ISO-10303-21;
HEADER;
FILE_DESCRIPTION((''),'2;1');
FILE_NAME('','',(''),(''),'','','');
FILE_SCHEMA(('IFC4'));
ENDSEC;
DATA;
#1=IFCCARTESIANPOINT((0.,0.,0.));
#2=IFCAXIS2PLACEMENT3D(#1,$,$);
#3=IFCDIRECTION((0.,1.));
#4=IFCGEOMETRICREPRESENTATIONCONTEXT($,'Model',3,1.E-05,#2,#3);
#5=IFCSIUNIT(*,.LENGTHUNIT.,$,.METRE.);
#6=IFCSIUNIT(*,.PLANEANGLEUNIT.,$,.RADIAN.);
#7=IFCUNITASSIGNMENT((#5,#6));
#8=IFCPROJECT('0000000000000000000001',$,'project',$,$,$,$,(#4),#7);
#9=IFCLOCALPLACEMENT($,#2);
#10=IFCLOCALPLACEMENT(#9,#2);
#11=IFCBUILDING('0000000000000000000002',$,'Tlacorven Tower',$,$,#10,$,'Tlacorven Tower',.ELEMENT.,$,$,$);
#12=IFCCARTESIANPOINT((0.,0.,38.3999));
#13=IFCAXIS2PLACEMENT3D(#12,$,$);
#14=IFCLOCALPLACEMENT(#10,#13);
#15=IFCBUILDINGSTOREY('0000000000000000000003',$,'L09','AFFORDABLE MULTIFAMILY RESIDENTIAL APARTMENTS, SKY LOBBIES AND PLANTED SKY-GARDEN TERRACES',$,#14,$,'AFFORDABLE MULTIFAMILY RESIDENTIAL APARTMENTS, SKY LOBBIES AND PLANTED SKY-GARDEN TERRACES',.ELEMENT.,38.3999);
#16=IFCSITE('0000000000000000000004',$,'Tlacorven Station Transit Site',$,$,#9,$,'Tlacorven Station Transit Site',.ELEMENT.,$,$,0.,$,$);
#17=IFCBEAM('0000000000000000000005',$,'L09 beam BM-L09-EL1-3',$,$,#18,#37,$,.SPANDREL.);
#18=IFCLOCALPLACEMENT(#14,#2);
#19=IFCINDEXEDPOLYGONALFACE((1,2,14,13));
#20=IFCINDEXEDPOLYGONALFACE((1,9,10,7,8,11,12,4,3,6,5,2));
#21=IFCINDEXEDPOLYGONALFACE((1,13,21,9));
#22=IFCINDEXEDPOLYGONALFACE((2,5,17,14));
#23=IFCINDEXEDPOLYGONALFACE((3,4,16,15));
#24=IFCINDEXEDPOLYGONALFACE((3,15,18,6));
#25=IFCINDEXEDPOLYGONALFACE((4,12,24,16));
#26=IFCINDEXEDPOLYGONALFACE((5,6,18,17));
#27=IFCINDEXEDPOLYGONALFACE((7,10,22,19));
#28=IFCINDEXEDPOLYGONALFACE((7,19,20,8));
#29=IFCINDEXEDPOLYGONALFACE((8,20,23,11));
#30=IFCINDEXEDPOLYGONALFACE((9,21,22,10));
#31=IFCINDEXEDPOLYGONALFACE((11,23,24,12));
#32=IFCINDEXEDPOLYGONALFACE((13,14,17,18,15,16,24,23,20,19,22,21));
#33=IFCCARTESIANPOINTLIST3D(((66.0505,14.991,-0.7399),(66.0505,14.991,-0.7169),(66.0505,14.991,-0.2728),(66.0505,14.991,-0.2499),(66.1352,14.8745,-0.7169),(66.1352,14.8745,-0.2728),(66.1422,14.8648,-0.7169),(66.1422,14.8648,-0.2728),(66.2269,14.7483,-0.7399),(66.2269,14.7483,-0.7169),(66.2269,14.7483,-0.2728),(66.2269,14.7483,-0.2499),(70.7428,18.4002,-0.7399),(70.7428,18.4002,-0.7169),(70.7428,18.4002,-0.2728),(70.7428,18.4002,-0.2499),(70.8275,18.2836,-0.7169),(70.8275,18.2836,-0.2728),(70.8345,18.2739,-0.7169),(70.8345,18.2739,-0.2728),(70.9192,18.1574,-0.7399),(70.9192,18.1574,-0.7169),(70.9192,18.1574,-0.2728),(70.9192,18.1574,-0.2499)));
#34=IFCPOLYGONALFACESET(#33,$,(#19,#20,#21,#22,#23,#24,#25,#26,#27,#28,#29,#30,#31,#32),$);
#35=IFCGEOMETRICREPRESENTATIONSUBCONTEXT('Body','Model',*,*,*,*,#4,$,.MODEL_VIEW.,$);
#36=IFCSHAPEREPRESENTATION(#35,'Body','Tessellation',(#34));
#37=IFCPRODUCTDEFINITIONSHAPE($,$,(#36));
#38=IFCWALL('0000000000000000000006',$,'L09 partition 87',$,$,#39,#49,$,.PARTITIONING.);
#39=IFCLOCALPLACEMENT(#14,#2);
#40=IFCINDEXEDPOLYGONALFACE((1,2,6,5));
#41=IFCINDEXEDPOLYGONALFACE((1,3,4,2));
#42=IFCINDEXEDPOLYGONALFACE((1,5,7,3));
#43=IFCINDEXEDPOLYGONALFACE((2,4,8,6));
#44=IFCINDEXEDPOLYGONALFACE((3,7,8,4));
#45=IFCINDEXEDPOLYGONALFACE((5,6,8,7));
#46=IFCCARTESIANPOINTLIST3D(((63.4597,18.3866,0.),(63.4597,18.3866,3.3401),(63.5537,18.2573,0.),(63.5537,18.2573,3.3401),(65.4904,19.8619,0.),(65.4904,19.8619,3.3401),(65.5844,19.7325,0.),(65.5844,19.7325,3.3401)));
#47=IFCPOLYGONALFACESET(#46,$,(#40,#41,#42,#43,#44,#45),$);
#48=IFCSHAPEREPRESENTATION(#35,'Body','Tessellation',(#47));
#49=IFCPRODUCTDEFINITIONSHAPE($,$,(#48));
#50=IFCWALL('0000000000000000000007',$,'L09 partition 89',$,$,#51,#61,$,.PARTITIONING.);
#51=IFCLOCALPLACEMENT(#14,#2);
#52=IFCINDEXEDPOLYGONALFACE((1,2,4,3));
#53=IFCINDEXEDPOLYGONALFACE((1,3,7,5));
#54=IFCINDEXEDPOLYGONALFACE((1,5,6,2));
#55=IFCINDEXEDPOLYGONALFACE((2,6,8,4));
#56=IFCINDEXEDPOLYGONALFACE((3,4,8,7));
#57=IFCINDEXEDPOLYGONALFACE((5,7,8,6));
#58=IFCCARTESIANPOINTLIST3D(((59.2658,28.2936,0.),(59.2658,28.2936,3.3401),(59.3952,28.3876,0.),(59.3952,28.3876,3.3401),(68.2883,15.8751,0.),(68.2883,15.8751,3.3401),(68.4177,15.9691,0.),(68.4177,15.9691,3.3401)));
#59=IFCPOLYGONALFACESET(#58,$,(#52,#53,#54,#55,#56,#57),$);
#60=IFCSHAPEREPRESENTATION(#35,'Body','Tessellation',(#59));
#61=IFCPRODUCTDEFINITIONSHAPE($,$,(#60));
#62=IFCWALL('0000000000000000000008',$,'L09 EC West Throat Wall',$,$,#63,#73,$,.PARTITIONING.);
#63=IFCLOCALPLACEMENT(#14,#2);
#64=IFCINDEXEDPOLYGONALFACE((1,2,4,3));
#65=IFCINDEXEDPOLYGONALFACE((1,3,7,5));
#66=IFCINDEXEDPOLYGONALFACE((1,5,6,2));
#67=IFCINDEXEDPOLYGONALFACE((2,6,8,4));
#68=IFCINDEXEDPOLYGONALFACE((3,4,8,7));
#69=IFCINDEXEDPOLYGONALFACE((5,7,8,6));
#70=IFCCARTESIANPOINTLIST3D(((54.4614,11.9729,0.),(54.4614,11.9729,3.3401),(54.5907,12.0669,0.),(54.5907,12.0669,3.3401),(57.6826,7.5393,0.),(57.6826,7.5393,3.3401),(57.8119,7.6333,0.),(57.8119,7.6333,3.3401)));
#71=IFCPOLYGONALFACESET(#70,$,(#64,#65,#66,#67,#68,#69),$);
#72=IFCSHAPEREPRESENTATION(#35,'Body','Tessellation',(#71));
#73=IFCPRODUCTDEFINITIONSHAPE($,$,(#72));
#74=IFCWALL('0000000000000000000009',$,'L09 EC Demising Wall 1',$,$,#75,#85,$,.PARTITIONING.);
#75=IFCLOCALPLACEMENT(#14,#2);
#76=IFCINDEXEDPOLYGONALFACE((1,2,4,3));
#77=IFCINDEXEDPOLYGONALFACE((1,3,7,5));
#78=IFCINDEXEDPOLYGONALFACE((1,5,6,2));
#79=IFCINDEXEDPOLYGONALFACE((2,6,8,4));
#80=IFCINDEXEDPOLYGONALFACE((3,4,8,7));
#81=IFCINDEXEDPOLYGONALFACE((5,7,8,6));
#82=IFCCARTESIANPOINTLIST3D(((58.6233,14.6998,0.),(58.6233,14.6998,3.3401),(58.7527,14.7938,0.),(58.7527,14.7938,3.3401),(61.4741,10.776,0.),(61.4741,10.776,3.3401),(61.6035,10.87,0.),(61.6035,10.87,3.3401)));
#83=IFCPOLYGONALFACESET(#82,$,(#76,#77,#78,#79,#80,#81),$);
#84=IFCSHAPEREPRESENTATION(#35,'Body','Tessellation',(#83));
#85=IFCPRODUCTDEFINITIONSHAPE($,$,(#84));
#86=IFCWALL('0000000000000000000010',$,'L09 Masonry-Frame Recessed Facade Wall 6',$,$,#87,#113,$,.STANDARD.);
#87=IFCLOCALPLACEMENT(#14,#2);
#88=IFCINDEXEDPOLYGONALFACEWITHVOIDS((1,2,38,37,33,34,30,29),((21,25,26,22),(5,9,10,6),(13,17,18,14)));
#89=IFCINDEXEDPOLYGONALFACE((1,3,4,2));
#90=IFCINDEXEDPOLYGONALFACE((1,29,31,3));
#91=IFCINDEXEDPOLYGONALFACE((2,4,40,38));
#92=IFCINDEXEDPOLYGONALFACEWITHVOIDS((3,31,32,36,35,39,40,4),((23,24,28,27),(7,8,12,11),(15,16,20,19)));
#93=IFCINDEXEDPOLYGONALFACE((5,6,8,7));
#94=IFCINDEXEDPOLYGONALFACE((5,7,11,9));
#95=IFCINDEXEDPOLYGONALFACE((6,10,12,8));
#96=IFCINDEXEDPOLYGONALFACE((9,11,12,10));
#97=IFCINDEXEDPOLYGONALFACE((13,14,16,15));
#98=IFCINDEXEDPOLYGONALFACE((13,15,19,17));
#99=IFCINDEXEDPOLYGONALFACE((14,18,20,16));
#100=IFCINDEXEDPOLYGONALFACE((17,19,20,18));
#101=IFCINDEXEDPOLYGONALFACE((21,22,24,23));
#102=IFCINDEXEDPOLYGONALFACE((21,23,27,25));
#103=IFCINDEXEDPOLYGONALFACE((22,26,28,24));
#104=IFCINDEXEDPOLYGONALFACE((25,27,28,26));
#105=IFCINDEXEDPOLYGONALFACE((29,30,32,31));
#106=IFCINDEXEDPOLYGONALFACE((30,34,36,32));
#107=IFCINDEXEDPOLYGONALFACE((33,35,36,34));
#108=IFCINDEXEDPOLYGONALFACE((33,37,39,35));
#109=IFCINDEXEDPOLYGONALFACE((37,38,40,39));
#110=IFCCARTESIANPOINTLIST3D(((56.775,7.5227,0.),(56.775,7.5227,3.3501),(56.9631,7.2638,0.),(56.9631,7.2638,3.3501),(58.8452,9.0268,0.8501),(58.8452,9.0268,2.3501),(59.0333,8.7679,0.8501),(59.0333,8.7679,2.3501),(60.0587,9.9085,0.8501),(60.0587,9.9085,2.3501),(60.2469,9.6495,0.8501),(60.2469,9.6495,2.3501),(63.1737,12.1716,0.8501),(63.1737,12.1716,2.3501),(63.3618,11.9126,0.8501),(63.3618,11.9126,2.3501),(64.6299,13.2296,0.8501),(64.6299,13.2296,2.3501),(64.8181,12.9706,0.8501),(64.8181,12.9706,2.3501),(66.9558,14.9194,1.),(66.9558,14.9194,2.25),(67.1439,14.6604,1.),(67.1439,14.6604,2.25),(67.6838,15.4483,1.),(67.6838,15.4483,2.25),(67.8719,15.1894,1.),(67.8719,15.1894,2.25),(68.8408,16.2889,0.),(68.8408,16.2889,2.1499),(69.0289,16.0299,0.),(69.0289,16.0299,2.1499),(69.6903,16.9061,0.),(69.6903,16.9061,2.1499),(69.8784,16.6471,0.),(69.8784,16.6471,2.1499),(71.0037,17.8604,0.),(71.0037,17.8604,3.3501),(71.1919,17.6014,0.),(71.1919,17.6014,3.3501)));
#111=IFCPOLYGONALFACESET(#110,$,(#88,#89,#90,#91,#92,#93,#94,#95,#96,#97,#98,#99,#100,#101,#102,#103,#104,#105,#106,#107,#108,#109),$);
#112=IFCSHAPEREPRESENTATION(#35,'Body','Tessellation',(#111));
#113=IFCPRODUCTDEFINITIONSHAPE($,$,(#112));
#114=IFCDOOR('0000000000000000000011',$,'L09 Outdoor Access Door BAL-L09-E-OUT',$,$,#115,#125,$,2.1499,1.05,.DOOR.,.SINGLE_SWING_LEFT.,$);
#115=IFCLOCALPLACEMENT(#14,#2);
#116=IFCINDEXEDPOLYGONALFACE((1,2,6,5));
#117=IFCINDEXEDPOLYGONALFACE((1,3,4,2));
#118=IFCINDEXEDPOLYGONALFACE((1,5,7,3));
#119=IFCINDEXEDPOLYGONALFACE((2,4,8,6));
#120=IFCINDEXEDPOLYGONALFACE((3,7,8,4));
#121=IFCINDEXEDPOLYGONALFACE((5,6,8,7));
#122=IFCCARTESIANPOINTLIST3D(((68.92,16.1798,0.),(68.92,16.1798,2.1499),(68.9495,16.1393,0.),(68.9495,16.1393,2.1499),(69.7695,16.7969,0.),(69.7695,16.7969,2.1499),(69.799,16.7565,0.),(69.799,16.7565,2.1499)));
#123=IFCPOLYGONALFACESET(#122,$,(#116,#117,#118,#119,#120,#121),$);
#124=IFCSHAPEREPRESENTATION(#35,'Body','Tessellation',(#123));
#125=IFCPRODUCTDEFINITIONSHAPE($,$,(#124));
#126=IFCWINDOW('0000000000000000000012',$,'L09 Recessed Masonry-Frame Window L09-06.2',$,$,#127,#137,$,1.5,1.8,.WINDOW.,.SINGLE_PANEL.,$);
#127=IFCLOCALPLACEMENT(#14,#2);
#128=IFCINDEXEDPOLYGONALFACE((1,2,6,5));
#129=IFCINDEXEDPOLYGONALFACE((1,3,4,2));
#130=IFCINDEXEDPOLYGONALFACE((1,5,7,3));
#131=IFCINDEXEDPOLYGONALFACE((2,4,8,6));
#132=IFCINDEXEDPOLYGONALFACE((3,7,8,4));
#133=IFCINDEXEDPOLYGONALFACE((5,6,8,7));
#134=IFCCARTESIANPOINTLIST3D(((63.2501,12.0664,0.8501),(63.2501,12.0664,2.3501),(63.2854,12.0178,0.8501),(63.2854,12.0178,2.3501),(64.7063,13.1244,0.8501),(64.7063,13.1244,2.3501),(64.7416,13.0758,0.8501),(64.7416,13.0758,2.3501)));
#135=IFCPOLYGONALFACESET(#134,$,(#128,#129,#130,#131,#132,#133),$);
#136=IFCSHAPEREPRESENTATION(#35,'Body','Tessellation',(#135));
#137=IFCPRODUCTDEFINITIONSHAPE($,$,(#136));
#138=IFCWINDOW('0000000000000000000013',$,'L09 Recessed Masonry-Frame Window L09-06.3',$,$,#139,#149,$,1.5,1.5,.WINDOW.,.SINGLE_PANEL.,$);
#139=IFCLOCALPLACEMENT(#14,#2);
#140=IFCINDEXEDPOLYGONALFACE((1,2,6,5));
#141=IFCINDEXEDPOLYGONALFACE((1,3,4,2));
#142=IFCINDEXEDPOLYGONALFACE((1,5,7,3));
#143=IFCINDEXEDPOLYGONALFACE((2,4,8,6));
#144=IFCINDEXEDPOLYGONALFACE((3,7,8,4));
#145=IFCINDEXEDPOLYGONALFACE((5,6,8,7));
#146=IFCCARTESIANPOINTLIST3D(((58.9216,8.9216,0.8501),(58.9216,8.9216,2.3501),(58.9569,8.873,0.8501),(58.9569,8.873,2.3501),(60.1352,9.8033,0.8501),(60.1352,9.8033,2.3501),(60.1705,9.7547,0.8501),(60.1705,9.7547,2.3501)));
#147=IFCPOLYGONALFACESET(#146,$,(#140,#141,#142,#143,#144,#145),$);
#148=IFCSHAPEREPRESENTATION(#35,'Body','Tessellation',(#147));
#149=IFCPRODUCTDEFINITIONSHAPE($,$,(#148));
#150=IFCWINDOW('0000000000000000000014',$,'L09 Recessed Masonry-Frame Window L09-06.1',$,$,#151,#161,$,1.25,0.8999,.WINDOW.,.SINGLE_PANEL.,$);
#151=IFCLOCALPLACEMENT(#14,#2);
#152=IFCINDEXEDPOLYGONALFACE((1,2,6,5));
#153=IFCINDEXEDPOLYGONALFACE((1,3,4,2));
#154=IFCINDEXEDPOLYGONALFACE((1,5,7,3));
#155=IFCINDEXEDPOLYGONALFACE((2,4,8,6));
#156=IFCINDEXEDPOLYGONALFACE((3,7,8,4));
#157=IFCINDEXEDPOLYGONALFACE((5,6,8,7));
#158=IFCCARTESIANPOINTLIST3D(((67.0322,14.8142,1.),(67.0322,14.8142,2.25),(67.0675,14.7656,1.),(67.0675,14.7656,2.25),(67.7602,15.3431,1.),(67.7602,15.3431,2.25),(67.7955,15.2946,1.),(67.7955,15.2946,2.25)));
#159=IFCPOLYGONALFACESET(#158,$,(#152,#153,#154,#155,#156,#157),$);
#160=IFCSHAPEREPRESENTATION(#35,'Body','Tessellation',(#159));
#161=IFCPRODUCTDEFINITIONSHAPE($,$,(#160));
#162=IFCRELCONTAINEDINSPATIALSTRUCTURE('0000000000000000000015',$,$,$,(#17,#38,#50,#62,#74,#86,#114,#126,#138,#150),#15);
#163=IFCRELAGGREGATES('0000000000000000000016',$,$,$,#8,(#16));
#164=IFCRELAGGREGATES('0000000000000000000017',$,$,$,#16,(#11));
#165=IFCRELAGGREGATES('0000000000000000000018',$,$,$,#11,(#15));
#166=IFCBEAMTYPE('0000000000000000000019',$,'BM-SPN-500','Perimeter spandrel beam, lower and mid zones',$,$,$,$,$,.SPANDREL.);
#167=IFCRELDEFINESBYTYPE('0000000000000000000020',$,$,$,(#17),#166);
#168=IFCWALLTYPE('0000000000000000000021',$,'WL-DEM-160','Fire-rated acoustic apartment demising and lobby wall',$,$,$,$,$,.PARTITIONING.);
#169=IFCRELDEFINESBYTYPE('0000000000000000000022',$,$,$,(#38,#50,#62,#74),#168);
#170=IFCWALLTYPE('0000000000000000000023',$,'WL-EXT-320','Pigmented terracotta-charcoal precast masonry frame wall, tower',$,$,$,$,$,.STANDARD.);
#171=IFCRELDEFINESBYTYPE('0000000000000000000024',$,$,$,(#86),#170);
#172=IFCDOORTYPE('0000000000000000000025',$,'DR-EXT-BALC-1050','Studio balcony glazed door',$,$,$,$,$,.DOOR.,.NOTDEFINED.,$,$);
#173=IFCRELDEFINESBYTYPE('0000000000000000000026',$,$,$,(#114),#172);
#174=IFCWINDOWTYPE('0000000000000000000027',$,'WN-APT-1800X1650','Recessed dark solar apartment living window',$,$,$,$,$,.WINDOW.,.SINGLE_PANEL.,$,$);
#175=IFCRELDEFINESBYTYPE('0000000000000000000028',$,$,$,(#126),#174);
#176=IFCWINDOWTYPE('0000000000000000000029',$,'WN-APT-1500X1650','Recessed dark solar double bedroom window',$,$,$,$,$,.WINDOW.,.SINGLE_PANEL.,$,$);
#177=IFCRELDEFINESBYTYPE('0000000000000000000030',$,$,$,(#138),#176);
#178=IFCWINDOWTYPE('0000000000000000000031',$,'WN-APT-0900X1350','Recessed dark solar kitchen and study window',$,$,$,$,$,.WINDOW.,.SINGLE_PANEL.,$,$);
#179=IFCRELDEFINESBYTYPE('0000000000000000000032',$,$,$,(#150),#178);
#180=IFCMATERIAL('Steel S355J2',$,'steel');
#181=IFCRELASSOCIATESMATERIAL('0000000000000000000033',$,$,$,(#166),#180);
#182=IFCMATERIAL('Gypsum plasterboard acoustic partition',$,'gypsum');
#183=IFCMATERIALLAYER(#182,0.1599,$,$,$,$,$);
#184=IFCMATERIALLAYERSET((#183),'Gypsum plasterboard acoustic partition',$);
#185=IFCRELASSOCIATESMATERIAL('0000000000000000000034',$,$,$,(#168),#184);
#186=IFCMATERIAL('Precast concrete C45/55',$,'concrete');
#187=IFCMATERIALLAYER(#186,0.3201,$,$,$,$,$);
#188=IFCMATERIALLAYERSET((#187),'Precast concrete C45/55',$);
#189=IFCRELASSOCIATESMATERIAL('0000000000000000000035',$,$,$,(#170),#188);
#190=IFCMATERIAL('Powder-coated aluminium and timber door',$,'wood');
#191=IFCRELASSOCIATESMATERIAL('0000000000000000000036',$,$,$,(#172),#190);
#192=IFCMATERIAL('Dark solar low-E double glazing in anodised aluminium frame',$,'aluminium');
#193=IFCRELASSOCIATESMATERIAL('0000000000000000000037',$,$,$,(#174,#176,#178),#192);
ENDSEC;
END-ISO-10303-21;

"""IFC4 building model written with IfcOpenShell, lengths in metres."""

from ifc_helpers import new_model, si_unit, direction, frame, frame_2d, origin, origin_2d, place, context, subcontext, project, spatial, rectangle, i_section, extrude, source, transform, mapped, material, layer, layer_set, material_profile, profile_set, type_object, element, fill, save


model = new_model("IFC4")

# Units and contexts
model_context = context("Model", 3, precision=1e-05, world=origin(), true_north=direction((0.0, 1.0)))
body_context = subcontext(model_context, "Body", "Model", "MODEL_VIEW")
ifc_project = project(units=[si_unit("LENGTHUNIT", "METRE"), si_unit("PLANEANGLEUNIT", "RADIAN")], contexts=[model_context])

# Site, building, storey
site_placement = place(None, origin())
site = spatial("IfcSite", under=ifc_project, at=site_placement, Name="Tlacorven Station Transit Site", LongName="Tlacorven Station Transit Site", CompositionType="ELEMENT", RefElevation=0.0)
building_placement = place(site_placement, origin())
building = spatial("IfcBuilding", under=site, at=building_placement, Name="Tlacorven Tower", LongName="Tlacorven Tower", CompositionType="ELEMENT")
storey_placement = place(building_placement, frame((0.0, 0.0, 38.3999)))
storey = spatial("IfcBuildingStorey", under=building, at=storey_placement, Name="L09", Description="AFFORDABLE MULTIFAMILY RESIDENTIAL APARTMENTS, SKY LOBBIES AND PLANTED SKY-GARDEN TERRACES", LongName="AFFORDABLE MULTIFAMILY RESIDENTIAL APARTMENTS, SKY LOBBIES AND PLANTED SKY-GARDEN TERRACES", CompositionType="ELEMENT", Elevation=38.3999)

# Beam
ifc_material_1 = material(Name="Steel S355J2", Category="steel")
ifc_material_profile_1 = material_profile(ifc_material_1, i_section(OverallWidth=0.3, OverallDepth=0.49, WebThickness=0.012, FlangeThickness=0.0229, at=origin_2d()), Name="HEA 500")
ifc_profile_set_1 = profile_set([ifc_material_profile_1], Name="Steel S355J2")
beam_type_1 = type_object("IfcBeamType", Name="BM-SPN-500", Description="Perimeter spandrel beam, lower and mid zones", PredefinedType="SPANDREL", material=ifc_profile_set_1)
shared_shape_1 = source(origin(), body_context, "Body", "SweptSolid", [
    extrude(i_section(OverallWidth=0.3, OverallDepth=0.49, WebThickness=0.012, FlangeThickness=0.0229, at=origin_2d()), origin(), (0.0, 0.0, 1.0), 5.8),
])
beam_1_placement = place(storey_placement, frame((66.1387, 14.8696, -0.4949), z_axis=(0.80902, 0.587781, 0.0), x_axis=(-0.587781, 0.80902, 0.0)))
element("IfcBeam", 1, at=beam_1_placement, inside=storey, type_object=beam_type_1, Name="L09 beam BM-L09-EL1-3", PredefinedType="SPANDREL", context=body_context, shape_type="MappedRepresentation", body=[
    mapped(shared_shape_1, transform((0.0, 0.0, 0.0), scale=1.0)),
])

# Walls
ifc_material_2 = material(Name="Gypsum plasterboard acoustic partition", Category="gypsum")
ifc_layer_1 = layer(ifc_material_2, 0.1599)
ifc_layer_set_1 = layer_set([ifc_layer_1], Name="Gypsum plasterboard acoustic partition")
wall_type_1 = type_object("IfcWallType", Name="WL-DEM-160", Description="Fire-rated acoustic apartment demising and lobby wall", PredefinedType="PARTITIONING", material=ifc_layer_set_1)
wall_1_placement = place(storey_placement, frame((63.5068, 18.322, 0.0), z_axis=(0.0, 0.0, 1.0), x_axis=(0.809035, 0.587761, 0.0)))
element("IfcWall", 2, at=wall_1_placement, inside=storey, type_object=wall_type_1, Name="L09 partition 87", PredefinedType="PARTITIONING", context=body_context, shape_type="SweptSolid", body=[
    extrude(rectangle(XDim=2.51, YDim=0.1599, at=frame_2d((1.2549, 0.0))), origin(), (0.0, 0.0, 1.0), 3.3401),
])
wall_2_placement = place(storey_placement, frame((68.353, 15.9221, 0.0), z_axis=(0.0, 0.0, 1.0), x_axis=(-0.587782, 0.809019, 0.0)))
element("IfcWall", 3, at=wall_2_placement, inside=storey, type_object=wall_type_1, Name="L09 partition 89", PredefinedType="PARTITIONING", context=body_context, shape_type="SweptSolid", body=[
    extrude(rectangle(XDim=15.3501, YDim=0.1599, at=frame_2d((7.675, 0.0))), origin(), (0.0, 0.0, 1.0), 3.3401),
])
wall_3_placement = place(storey_placement, frame((57.7473, 7.5862, 0.0), z_axis=(0.0, 0.0, 1.0), x_axis=(-0.587785, 0.809017, 0.0)))
element("IfcWall", 4, at=wall_3_placement, inside=storey, type_object=wall_type_1, Name="L09 EC West Throat Wall", PredefinedType="PARTITIONING", context=body_context, shape_type="SweptSolid", body=[
    extrude(rectangle(XDim=5.4802, YDim=0.1599, at=frame_2d((2.7402, 0.0))), origin(), (0.0, 0.0, 1.0), 3.3401),
])
wall_4_placement = place(storey_placement, frame((61.5388, 10.823, 0.0), z_axis=(0.0, 0.0, 1.0), x_axis=(-0.587786, 0.809017, 0.0)))
element("IfcWall", 5, at=wall_4_placement, inside=storey, type_object=wall_type_1, Name="L09 EC Demising Wall 1", PredefinedType="PARTITIONING", context=body_context, shape_type="SweptSolid", body=[
    extrude(rectangle(XDim=4.8501, YDim=0.1599, at=frame_2d((2.425, 0.0))), origin(), (0.0, 0.0, 1.0), 3.3401),
])

# Wall, openings, door, windows
ifc_material_3 = material(Name="Precast concrete C45/55", Category="concrete")
ifc_layer_2 = layer(ifc_material_3, 0.3201)
ifc_layer_set_2 = layer_set([ifc_layer_2], Name="Precast concrete C45/55")
wall_type_2 = type_object("IfcWallType", Name="WL-EXT-320", Description="Pigmented terracotta-charcoal precast masonry frame wall, tower", PredefinedType="STANDARD", material=ifc_layer_set_2)
wall_5_placement = place(storey_placement, frame((71.0979, 17.731, 0.0), z_axis=(0.0, 0.0, 1.0), x_axis=(-0.809021, -0.58778, 0.0)))
wall_5 = element("IfcWall", 6, at=wall_5_placement, inside=storey, type_object=wall_type_2, Name="L09 Masonry-Frame Recessed Facade Wall 6", PredefinedType="STANDARD", context=body_context, shape_type="SweptSolid", body=[
    extrude(rectangle(XDim=17.5876, YDim=0.3201, at=frame_2d((8.7939, 0.0))), origin(), (0.0, 0.0, 1.0), 3.3501),
])
opening_1_placement = place(wall_5_placement, frame((1.6238, 0.0, 0.0)))
opening_1 = element("IfcOpeningElement", 7, at=opening_1_placement, cuts=wall_5, PredefinedType="OPENING", context=body_context, shape_type="SweptSolid", body=[
    extrude(rectangle(XDim=1.05, YDim=2.1499, at=frame_2d((0.5249, 1.075))), frame((0.0, 0.1699, 0.0), z_axis=(0.0, -1.0, 0.0), x_axis=(1.0, 0.0, 0.0)), (0.0, 0.0, 1.0), 0.3401),
])
opening_2_placement = place(wall_5_placement, frame((4.1038, 0.0, 1.0)))
opening_2 = element("IfcOpeningElement", 8, at=opening_2_placement, cuts=wall_5, PredefinedType="OPENING", context=body_context, shape_type="SweptSolid", body=[
    extrude(rectangle(XDim=0.8999, YDim=1.25, at=frame_2d((0.45, 0.625))), frame((0.0, 0.1699, 0.0), z_axis=(0.0, -1.0, 0.0), x_axis=(1.0, 0.0, 0.0)), (0.0, 0.0, 1.0), 0.3401),
])
opening_3_placement = place(wall_5_placement, frame((7.8787, 0.0, 0.8501)))
opening_3 = element("IfcOpeningElement", 9, at=opening_3_placement, cuts=wall_5, PredefinedType="OPENING", context=body_context, shape_type="SweptSolid", body=[
    extrude(rectangle(XDim=1.8, YDim=1.5, at=frame_2d((0.8999, 0.75))), frame((0.0, 0.1699, 0.0), z_axis=(0.0, -1.0, 0.0), x_axis=(1.0, 0.0, 0.0)), (0.0, 0.0, 1.0), 0.3401),
])
opening_4_placement = place(wall_5_placement, frame((13.5288, 0.0, 0.8501)))
opening_4 = element("IfcOpeningElement", 10, at=opening_4_placement, cuts=wall_5, PredefinedType="OPENING", context=body_context, shape_type="SweptSolid", body=[
    extrude(rectangle(XDim=1.5, YDim=1.5, at=frame_2d((0.75, 0.75))), frame((0.0, 0.1699, 0.0), z_axis=(0.0, -1.0, 0.0), x_axis=(1.0, 0.0, 0.0)), (0.0, 0.0, 1.0), 0.3401),
])
ifc_material_4 = material(Name="Powder-coated aluminium and timber door", Category="wood")
door_type = type_object("IfcDoorType", Name="DR-EXT-BALC-1050", Description="Studio balcony glazed door", OperationType="NOTDEFINED", PredefinedType="DOOR", material=ifc_material_4)
shared_shape_2 = source(origin(), body_context, "Body", "SweptSolid", [
    extrude(rectangle(XDim=1.05, YDim=2.1499, at=frame_2d((0.5249, 1.075))), frame((0.0, 0.0249, 0.0), z_axis=(0.0, -1.0, 0.0), x_axis=(1.0, 0.0, 0.0)), (0.0, 0.0, 1.0), 0.05),
])
door_placement = place(opening_1_placement, origin())
door = element("IfcDoor", 11, at=door_placement, inside=storey, type_object=door_type, Name="L09 Outdoor Access Door BAL-L09-E-OUT", OperationType="SINGLE_SWING_LEFT", OverallHeight=2.1499, OverallWidth=1.05, PredefinedType="DOOR", context=body_context, shape_type="MappedRepresentation", body=[
    mapped(shared_shape_2, transform((0.0, 0.0, 0.0), scale=1.0)),
])
fill(opening_1, door)
ifc_material_5 = material(Name="Dark solar low-E double glazing in anodised aluminium frame", Category="aluminium")
window_type_1 = type_object("IfcWindowType", Name="WN-APT-1800X1650", Description="Recessed dark solar apartment living window", PartitioningType="SINGLE_PANEL", PredefinedType="WINDOW", material=ifc_material_5)
shared_shape_3 = source(origin(), body_context, "Body", "SweptSolid", [
    extrude(rectangle(XDim=1.8, YDim=1.5, at=frame_2d((0.8999, 0.75))), frame((0.0, 0.03, 0.0), z_axis=(0.0, -1.0, 0.0), x_axis=(1.0, 0.0, 0.0)), (0.0, 0.0, 1.0), 0.0601),
])
window_1_placement = place(opening_3_placement, origin())
window_1 = element("IfcWindow", 12, at=window_1_placement, inside=storey, type_object=window_type_1, Name="L09 Recessed Masonry-Frame Window L09-06.2", OverallHeight=1.5, OverallWidth=1.8, PartitioningType="SINGLE_PANEL", PredefinedType="WINDOW", context=body_context, shape_type="MappedRepresentation", body=[
    mapped(shared_shape_3, transform((0.0, 0.0, 0.0), scale=1.0)),
])
fill(opening_3, window_1)
window_type_2 = type_object("IfcWindowType", Name="WN-APT-1500X1650", Description="Recessed dark solar double bedroom window", PartitioningType="SINGLE_PANEL", PredefinedType="WINDOW", material=ifc_material_5)
shared_shape_4 = source(origin(), body_context, "Body", "SweptSolid", [
    extrude(rectangle(XDim=1.5, YDim=1.5, at=frame_2d((0.75, 0.75))), frame((0.0, 0.03, 0.0), z_axis=(0.0, -1.0, 0.0), x_axis=(1.0, 0.0, 0.0)), (0.0, 0.0, 1.0), 0.0601),
])
window_2_placement = place(opening_4_placement, origin())
window_2 = element("IfcWindow", 13, at=window_2_placement, inside=storey, type_object=window_type_2, Name="L09 Recessed Masonry-Frame Window L09-06.3", OverallHeight=1.5, OverallWidth=1.5, PartitioningType="SINGLE_PANEL", PredefinedType="WINDOW", context=body_context, shape_type="MappedRepresentation", body=[
    mapped(shared_shape_4, transform((0.0, 0.0, 0.0), scale=1.0)),
])
fill(opening_4, window_2)
window_type_3 = type_object("IfcWindowType", Name="WN-APT-0900X1350", Description="Recessed dark solar kitchen and study window", PartitioningType="SINGLE_PANEL", PredefinedType="WINDOW", material=ifc_material_5)
shared_shape_5 = source(origin(), body_context, "Body", "SweptSolid", [
    extrude(rectangle(XDim=0.8999, YDim=1.25, at=frame_2d((0.45, 0.625))), frame((0.0, 0.03, 0.0), z_axis=(0.0, -1.0, 0.0), x_axis=(1.0, 0.0, 0.0)), (0.0, 0.0, 1.0), 0.0601),
])
window_3_placement = place(opening_2_placement, origin())
window_3 = element("IfcWindow", 14, at=window_3_placement, inside=storey, type_object=window_type_3, Name="L09 Recessed Masonry-Frame Window L09-06.1", OverallHeight=1.25, OverallWidth=0.8999, PartitioningType="SINGLE_PANEL", PredefinedType="WINDOW", context=body_context, shape_type="MappedRepresentation", body=[
    mapped(shared_shape_5, transform((0.0, 0.0, 0.0), scale=1.0)),
])
fill(opening_2, window_3)

save(model, "model.ifc")
